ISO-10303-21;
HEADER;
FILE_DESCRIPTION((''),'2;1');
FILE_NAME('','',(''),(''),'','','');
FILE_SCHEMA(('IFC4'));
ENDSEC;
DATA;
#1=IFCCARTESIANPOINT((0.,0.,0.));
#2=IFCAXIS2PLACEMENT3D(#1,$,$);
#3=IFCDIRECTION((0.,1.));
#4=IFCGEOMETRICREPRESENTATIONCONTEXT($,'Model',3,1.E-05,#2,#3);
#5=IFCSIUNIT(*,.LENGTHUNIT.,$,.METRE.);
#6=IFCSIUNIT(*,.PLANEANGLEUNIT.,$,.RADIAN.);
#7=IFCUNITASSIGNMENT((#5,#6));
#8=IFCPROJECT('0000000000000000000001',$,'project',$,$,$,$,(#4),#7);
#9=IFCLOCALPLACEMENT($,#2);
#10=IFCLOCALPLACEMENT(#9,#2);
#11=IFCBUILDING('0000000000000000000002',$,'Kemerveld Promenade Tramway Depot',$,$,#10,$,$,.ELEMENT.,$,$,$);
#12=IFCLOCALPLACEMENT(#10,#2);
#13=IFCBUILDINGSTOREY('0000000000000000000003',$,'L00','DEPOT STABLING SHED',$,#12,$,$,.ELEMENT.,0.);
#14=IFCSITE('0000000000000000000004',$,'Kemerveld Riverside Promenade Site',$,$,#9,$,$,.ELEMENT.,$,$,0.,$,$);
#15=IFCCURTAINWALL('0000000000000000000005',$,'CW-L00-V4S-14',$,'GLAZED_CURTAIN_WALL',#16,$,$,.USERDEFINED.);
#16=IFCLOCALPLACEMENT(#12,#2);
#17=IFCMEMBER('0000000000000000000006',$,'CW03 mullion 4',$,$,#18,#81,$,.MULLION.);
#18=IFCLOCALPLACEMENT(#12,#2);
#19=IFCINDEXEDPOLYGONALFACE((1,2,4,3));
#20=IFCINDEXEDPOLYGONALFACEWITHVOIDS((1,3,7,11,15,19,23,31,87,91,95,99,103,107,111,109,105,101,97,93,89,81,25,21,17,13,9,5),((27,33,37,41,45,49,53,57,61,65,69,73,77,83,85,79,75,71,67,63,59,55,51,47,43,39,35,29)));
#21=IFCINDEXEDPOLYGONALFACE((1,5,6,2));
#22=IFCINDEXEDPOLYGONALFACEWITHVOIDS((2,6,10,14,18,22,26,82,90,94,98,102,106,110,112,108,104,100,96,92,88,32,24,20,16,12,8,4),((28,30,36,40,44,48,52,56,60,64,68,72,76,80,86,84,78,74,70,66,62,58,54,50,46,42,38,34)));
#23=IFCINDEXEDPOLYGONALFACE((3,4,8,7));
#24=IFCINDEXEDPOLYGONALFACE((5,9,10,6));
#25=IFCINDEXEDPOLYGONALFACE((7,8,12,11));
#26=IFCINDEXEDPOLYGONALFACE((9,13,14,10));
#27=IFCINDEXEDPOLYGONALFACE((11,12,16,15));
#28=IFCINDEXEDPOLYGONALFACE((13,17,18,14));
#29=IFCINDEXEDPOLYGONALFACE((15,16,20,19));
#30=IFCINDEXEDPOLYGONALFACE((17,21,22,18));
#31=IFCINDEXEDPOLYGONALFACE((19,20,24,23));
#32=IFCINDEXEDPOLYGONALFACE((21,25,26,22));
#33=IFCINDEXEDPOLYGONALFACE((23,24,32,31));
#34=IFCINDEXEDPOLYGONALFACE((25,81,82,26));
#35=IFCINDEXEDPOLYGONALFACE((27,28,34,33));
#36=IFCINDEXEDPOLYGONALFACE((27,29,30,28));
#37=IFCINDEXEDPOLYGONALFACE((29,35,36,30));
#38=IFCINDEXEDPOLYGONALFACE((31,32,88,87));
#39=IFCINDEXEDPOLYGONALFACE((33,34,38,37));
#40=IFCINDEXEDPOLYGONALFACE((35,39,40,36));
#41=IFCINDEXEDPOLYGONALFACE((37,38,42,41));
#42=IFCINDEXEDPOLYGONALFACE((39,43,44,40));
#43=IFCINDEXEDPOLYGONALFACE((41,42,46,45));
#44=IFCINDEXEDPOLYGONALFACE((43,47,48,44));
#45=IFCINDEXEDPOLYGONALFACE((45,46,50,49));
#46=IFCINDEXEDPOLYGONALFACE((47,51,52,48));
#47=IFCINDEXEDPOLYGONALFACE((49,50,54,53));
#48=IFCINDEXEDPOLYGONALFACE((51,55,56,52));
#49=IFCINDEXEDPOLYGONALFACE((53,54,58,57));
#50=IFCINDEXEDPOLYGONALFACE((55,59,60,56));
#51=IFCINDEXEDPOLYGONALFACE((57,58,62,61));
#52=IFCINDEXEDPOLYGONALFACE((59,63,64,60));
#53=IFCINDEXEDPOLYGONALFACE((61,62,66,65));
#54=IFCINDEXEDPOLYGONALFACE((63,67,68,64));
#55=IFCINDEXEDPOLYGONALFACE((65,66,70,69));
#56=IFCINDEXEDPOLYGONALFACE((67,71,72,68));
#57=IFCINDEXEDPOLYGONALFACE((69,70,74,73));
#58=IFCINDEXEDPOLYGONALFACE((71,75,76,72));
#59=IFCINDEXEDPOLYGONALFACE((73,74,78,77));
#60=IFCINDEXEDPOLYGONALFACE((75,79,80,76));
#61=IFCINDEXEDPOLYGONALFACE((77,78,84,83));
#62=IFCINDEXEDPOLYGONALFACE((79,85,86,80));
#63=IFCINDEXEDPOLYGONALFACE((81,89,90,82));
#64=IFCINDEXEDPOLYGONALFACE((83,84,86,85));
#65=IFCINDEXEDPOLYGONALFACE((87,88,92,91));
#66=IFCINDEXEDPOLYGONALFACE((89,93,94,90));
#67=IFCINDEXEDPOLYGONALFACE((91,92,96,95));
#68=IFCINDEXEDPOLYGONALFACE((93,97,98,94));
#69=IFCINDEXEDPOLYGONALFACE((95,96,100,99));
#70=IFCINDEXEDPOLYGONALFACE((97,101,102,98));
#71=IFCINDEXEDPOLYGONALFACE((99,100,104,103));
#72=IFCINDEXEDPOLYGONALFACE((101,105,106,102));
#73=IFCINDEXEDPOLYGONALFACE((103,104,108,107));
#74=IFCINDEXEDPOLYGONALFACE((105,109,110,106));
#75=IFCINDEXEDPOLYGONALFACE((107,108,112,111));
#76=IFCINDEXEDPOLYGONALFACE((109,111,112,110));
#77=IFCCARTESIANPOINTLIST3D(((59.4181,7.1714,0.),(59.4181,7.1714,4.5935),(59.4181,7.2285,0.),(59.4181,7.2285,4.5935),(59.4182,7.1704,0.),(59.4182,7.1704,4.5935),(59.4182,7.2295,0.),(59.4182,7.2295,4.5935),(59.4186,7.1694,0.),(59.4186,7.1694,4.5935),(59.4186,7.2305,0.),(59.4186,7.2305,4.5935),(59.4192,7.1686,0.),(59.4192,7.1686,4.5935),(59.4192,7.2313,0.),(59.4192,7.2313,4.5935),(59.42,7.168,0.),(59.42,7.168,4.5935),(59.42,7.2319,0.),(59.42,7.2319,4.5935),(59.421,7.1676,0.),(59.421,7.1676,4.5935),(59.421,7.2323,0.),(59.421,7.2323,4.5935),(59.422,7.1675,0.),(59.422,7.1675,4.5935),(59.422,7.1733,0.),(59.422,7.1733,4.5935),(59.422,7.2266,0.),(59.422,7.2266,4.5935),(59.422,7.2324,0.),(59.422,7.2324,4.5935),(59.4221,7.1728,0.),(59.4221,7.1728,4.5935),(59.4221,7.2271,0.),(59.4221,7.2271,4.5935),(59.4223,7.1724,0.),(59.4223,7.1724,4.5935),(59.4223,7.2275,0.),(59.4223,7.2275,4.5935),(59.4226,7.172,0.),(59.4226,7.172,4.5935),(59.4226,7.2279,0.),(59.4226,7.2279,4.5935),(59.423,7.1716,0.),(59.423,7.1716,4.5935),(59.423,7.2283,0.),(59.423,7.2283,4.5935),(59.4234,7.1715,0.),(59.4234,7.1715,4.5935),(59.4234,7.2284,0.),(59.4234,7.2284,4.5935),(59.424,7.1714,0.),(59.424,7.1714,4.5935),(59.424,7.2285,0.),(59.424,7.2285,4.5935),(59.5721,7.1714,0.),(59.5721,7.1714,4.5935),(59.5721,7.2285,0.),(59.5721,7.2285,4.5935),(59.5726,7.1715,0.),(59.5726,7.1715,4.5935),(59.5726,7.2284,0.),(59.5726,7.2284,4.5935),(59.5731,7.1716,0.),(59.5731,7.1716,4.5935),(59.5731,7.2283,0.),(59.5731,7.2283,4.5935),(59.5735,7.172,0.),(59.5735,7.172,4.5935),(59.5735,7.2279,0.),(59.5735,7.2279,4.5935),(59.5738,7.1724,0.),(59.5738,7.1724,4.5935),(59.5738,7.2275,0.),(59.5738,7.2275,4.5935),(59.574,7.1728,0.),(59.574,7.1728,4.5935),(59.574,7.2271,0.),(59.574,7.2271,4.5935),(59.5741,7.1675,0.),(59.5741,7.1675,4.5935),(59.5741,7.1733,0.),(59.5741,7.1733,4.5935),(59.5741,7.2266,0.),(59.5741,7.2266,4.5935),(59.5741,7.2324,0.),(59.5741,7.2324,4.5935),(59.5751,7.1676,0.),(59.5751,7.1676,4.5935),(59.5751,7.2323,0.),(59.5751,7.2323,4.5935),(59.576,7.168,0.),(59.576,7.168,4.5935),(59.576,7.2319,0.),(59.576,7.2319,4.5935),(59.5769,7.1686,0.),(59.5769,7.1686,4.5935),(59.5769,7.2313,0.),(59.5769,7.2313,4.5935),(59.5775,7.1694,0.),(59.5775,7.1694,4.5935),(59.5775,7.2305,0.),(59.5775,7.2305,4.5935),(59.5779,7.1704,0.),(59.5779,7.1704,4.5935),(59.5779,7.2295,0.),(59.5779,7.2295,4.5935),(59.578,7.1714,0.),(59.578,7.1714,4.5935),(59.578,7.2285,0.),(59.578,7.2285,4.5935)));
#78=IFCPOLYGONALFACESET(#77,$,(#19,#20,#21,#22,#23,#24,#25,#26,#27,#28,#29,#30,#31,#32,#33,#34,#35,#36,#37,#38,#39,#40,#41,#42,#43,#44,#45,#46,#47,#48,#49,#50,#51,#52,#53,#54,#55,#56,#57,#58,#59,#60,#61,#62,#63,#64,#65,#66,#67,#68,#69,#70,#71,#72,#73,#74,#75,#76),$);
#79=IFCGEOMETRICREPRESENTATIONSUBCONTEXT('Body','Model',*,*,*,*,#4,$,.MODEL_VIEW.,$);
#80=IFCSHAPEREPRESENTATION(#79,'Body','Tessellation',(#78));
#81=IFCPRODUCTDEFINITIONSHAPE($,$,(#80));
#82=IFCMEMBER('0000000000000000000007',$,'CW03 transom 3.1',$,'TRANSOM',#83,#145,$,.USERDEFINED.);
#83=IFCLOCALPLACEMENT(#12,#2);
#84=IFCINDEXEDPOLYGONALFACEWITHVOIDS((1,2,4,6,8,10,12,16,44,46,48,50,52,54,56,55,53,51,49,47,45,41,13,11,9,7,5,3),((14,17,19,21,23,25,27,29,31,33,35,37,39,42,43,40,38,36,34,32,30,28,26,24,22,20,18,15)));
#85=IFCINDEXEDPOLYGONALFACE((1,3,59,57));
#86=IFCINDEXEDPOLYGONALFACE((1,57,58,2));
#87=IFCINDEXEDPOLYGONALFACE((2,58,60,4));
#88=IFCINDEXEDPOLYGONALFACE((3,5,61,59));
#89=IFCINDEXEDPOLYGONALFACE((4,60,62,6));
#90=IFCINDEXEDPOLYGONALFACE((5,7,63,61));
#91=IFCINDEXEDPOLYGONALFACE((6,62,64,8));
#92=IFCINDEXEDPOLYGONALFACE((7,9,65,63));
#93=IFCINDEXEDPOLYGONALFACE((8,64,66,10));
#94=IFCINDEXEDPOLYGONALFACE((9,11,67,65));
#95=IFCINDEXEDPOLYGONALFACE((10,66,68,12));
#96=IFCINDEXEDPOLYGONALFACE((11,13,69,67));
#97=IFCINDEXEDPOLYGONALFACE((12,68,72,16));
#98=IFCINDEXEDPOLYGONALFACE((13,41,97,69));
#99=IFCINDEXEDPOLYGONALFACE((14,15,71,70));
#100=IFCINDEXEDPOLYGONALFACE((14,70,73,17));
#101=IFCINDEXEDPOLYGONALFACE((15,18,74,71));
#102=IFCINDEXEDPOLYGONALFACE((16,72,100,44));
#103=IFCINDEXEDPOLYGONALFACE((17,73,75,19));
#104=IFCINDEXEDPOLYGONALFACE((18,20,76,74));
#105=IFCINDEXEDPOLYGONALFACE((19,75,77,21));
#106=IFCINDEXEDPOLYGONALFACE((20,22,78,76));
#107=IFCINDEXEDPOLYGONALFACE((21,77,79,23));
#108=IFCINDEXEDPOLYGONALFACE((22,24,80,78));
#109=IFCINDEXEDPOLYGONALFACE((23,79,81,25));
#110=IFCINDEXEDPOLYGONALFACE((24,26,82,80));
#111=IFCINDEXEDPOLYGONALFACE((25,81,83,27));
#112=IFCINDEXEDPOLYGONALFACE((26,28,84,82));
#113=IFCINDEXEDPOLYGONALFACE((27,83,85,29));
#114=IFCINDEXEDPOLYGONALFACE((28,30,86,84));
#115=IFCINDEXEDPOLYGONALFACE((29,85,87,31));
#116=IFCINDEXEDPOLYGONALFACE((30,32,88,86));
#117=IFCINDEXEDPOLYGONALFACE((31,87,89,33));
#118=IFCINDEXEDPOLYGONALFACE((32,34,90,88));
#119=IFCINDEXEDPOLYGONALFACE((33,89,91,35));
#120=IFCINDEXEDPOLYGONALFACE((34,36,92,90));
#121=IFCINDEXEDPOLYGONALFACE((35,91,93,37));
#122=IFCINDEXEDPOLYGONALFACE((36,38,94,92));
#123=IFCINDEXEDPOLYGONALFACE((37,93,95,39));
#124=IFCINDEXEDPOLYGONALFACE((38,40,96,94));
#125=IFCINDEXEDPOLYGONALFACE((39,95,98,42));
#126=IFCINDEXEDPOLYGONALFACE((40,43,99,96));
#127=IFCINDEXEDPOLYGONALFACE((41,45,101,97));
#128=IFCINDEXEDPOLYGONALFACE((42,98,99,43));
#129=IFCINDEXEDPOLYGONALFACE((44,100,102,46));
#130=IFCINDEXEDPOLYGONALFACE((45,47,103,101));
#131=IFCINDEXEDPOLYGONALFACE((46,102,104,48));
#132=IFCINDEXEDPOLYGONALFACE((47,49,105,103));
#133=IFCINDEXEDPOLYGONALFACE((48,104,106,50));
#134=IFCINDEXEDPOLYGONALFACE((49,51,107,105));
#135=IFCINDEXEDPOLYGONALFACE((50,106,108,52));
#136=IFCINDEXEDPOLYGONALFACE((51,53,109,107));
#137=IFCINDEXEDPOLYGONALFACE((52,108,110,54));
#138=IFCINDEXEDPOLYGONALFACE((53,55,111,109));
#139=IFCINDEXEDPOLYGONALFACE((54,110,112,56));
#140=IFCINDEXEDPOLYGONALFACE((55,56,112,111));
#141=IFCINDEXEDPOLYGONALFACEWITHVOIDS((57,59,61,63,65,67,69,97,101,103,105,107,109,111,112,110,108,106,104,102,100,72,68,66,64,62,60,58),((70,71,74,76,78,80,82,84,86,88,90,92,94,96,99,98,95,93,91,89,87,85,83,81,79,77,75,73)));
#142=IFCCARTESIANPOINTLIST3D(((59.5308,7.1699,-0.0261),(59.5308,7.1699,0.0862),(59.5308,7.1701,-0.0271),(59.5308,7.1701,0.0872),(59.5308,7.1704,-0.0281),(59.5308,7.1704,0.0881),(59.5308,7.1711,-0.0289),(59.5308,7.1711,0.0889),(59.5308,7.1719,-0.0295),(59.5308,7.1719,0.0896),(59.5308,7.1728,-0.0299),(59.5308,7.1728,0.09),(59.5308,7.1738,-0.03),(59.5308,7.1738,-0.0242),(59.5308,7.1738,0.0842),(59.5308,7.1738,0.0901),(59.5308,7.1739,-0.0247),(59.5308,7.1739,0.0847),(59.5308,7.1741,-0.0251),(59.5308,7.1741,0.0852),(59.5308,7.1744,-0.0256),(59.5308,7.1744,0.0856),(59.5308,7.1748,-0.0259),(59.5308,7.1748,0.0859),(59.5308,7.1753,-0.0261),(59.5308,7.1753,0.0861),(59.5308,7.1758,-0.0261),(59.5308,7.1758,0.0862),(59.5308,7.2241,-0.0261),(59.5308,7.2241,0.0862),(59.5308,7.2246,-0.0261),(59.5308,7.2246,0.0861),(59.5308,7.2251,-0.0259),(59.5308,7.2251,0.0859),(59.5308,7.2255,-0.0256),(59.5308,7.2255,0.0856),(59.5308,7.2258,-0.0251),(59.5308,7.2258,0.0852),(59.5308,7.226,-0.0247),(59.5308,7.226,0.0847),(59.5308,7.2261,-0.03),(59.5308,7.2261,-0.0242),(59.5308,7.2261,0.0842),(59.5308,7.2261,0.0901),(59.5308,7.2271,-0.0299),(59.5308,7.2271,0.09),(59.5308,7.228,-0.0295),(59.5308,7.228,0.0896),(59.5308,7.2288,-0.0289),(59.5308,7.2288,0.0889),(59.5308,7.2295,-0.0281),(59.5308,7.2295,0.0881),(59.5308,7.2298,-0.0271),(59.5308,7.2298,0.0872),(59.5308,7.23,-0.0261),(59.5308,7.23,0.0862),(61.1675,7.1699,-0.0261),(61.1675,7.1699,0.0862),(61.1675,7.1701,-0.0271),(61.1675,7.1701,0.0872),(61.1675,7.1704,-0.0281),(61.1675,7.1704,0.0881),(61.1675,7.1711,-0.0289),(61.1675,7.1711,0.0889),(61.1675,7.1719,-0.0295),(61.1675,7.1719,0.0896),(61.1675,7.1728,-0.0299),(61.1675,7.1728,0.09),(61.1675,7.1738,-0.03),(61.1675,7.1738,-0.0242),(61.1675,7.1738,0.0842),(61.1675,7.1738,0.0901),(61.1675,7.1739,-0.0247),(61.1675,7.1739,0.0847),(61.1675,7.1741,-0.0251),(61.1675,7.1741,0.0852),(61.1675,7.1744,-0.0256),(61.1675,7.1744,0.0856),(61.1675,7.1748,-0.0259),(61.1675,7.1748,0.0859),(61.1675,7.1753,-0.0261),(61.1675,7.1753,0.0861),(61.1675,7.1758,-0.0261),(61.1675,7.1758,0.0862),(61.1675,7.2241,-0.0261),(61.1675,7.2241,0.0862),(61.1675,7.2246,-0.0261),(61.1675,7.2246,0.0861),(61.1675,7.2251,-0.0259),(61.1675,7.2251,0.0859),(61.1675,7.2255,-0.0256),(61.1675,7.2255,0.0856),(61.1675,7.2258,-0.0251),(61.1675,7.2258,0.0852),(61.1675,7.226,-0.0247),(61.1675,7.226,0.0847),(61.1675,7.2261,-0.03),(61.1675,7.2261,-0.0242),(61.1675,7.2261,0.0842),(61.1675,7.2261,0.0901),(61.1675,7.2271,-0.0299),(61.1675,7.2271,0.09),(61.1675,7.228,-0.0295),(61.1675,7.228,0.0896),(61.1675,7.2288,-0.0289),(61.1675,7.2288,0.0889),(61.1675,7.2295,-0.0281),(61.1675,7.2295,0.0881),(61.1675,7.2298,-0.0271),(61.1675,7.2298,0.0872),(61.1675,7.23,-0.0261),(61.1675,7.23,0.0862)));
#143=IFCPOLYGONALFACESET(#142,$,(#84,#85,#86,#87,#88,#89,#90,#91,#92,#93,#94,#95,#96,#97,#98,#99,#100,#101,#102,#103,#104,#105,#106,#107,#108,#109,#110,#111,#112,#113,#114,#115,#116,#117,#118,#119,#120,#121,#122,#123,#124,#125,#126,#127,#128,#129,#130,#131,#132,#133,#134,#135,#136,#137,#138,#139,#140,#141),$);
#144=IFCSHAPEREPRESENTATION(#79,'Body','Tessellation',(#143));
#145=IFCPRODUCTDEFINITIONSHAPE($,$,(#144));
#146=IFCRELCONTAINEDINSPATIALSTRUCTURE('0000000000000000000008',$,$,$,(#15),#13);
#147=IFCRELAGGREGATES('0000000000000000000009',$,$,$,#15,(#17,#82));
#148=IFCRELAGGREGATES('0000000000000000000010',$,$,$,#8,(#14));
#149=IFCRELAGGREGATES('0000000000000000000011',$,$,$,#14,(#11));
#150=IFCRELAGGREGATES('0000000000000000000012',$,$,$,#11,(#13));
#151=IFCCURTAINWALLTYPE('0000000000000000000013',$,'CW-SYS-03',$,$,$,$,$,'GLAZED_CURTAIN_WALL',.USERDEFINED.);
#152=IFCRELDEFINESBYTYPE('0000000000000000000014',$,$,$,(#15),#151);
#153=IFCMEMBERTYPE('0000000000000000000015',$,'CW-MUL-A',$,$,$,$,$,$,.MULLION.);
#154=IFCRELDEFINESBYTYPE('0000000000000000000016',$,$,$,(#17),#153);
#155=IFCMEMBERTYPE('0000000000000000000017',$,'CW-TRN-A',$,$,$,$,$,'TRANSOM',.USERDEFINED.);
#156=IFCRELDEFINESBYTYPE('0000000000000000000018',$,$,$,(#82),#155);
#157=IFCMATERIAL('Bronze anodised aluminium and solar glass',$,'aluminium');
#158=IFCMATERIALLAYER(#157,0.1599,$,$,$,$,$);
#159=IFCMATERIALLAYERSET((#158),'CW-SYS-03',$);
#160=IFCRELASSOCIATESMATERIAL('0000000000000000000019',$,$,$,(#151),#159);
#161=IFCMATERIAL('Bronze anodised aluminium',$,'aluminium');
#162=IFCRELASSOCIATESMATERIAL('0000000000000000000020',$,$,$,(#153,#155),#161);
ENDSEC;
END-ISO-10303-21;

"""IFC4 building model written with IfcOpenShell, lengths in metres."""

from ifc_helpers import new_model, si_unit, direction, frame, origin, origin_2d, place, context, subcontext, project, spatial, hollow_rectangle, extrude, material, layer, layer_set, material_profile, profile_set, type_object, element, aggregate, save


model = new_model("IFC4")

# Units and contexts
model_context = context("Model", 3, precision=1e-05, world=origin(), true_north=direction((0.0, 1.0)))
body_context = subcontext(model_context, "Body", "Model", "MODEL_VIEW")
ifc_project = project(units=[si_unit("LENGTHUNIT", "METRE"), si_unit("PLANEANGLEUNIT", "RADIAN")], contexts=[model_context])

# Site, building, storey
site_placement = place(None, origin())
site = spatial("IfcSite", under=ifc_project, at=site_placement, Name="Kemerveld Riverside Promenade Site", CompositionType="ELEMENT", RefElevation=0.0)
building_placement = place(site_placement, origin())
building = spatial("IfcBuilding", under=site, at=building_placement, Name="Kemerveld Promenade Tramway Depot", CompositionType="ELEMENT")
storey_placement = place(building_placement, origin())
storey = spatial("IfcBuildingStorey", under=building, at=storey_placement, Name="L00", Description="DEPOT STABLING SHED", CompositionType="ELEMENT", Elevation=0.0)

# Curtain wall, members
ifc_material_1 = material(Name="Bronze anodised aluminium and solar glass", Category="aluminium")
ifc_layer_1 = layer(ifc_material_1, 0.1599)
ifc_layer_set_1 = layer_set([ifc_layer_1], Name="CW-SYS-03")
curtain_wall_type = type_object("IfcCurtainWallType", Name="CW-SYS-03", ElementType="GLAZED_CURTAIN_WALL", PredefinedType="USERDEFINED", material=ifc_layer_set_1)
curtain_wall_placement = place(storey_placement, origin())
curtain_wall = element("IfcCurtainWall", 1, at=curtain_wall_placement, inside=storey, type_object=curtain_wall_type, Name="CW-L00-V4S-14", ObjectType="GLAZED_CURTAIN_WALL", PredefinedType="USERDEFINED")
ifc_material_2 = material(Name="Bronze anodised aluminium", Category="aluminium")
ifc_material_profile_1 = material_profile(ifc_material_2, hollow_rectangle(XDim=0.0649, YDim=0.1599, WallThickness=0.0039, InnerFilletRadius=0.002, OuterFilletRadius=0.0039, at=origin_2d()), Name="CW-MUL-160x65")
ifc_profile_set_1 = profile_set([ifc_material_profile_1], Name="Bronze anodised aluminium")
member_type_1 = type_object("IfcMemberType", Name="CW-MUL-A", PredefinedType="MULLION", material=ifc_profile_set_1)
member_1_placement = place(storey_placement, frame((59.498, 7.2, 0.0), z_axis=(0.0, 0.0, 1.0), x_axis=(0.0, -1.0, 0.0)))
member_1 = element("IfcMember", 2, at=member_1_placement, type_object=member_type_1, Name="CW03 mullion 4", PredefinedType="MULLION", context=body_context, shape_type="SweptSolid", body=[
    extrude(hollow_rectangle(XDim=0.0649, YDim=0.1599, WallThickness=0.0039, InnerFilletRadius=0.002, OuterFilletRadius=0.0039, at=origin_2d()), origin(), (0.0, 0.0, 1.0), 4.5935),
])
ifc_material_profile_2 = material_profile(ifc_material_2, hollow_rectangle(XDim=0.0601, YDim=0.1201, WallThickness=0.0039, InnerFilletRadius=0.002, OuterFilletRadius=0.0039, at=origin_2d()), Name="CW-TRN-120x60")
ifc_profile_set_2 = profile_set([ifc_material_profile_2], Name="Bronze anodised aluminium")
member_type_2 = type_object("IfcMemberType", Name="CW-TRN-A", ElementType="TRANSOM", PredefinedType="USERDEFINED", material=ifc_profile_set_2)
member_2_placement = place(storey_placement, frame((61.1675, 7.2, 0.03), z_axis=(-1.0, 0.0, 0.0), x_axis=(0.0, -1.0, 0.0)))
member_2 = element("IfcMember", 3, at=member_2_placement, type_object=member_type_2, Name="CW03 transom 3.1", ObjectType="TRANSOM", PredefinedType="USERDEFINED", context=body_context, shape_type="SweptSolid", body=[
    extrude(hollow_rectangle(XDim=0.0601, YDim=0.1201, WallThickness=0.0039, InnerFilletRadius=0.002, OuterFilletRadius=0.0039, at=origin_2d()), origin(), (0.0, 0.0, 1.0), 1.6367),
])
aggregate(curtain_wall, [member_1, member_2])

save(model, "model.ifc")
